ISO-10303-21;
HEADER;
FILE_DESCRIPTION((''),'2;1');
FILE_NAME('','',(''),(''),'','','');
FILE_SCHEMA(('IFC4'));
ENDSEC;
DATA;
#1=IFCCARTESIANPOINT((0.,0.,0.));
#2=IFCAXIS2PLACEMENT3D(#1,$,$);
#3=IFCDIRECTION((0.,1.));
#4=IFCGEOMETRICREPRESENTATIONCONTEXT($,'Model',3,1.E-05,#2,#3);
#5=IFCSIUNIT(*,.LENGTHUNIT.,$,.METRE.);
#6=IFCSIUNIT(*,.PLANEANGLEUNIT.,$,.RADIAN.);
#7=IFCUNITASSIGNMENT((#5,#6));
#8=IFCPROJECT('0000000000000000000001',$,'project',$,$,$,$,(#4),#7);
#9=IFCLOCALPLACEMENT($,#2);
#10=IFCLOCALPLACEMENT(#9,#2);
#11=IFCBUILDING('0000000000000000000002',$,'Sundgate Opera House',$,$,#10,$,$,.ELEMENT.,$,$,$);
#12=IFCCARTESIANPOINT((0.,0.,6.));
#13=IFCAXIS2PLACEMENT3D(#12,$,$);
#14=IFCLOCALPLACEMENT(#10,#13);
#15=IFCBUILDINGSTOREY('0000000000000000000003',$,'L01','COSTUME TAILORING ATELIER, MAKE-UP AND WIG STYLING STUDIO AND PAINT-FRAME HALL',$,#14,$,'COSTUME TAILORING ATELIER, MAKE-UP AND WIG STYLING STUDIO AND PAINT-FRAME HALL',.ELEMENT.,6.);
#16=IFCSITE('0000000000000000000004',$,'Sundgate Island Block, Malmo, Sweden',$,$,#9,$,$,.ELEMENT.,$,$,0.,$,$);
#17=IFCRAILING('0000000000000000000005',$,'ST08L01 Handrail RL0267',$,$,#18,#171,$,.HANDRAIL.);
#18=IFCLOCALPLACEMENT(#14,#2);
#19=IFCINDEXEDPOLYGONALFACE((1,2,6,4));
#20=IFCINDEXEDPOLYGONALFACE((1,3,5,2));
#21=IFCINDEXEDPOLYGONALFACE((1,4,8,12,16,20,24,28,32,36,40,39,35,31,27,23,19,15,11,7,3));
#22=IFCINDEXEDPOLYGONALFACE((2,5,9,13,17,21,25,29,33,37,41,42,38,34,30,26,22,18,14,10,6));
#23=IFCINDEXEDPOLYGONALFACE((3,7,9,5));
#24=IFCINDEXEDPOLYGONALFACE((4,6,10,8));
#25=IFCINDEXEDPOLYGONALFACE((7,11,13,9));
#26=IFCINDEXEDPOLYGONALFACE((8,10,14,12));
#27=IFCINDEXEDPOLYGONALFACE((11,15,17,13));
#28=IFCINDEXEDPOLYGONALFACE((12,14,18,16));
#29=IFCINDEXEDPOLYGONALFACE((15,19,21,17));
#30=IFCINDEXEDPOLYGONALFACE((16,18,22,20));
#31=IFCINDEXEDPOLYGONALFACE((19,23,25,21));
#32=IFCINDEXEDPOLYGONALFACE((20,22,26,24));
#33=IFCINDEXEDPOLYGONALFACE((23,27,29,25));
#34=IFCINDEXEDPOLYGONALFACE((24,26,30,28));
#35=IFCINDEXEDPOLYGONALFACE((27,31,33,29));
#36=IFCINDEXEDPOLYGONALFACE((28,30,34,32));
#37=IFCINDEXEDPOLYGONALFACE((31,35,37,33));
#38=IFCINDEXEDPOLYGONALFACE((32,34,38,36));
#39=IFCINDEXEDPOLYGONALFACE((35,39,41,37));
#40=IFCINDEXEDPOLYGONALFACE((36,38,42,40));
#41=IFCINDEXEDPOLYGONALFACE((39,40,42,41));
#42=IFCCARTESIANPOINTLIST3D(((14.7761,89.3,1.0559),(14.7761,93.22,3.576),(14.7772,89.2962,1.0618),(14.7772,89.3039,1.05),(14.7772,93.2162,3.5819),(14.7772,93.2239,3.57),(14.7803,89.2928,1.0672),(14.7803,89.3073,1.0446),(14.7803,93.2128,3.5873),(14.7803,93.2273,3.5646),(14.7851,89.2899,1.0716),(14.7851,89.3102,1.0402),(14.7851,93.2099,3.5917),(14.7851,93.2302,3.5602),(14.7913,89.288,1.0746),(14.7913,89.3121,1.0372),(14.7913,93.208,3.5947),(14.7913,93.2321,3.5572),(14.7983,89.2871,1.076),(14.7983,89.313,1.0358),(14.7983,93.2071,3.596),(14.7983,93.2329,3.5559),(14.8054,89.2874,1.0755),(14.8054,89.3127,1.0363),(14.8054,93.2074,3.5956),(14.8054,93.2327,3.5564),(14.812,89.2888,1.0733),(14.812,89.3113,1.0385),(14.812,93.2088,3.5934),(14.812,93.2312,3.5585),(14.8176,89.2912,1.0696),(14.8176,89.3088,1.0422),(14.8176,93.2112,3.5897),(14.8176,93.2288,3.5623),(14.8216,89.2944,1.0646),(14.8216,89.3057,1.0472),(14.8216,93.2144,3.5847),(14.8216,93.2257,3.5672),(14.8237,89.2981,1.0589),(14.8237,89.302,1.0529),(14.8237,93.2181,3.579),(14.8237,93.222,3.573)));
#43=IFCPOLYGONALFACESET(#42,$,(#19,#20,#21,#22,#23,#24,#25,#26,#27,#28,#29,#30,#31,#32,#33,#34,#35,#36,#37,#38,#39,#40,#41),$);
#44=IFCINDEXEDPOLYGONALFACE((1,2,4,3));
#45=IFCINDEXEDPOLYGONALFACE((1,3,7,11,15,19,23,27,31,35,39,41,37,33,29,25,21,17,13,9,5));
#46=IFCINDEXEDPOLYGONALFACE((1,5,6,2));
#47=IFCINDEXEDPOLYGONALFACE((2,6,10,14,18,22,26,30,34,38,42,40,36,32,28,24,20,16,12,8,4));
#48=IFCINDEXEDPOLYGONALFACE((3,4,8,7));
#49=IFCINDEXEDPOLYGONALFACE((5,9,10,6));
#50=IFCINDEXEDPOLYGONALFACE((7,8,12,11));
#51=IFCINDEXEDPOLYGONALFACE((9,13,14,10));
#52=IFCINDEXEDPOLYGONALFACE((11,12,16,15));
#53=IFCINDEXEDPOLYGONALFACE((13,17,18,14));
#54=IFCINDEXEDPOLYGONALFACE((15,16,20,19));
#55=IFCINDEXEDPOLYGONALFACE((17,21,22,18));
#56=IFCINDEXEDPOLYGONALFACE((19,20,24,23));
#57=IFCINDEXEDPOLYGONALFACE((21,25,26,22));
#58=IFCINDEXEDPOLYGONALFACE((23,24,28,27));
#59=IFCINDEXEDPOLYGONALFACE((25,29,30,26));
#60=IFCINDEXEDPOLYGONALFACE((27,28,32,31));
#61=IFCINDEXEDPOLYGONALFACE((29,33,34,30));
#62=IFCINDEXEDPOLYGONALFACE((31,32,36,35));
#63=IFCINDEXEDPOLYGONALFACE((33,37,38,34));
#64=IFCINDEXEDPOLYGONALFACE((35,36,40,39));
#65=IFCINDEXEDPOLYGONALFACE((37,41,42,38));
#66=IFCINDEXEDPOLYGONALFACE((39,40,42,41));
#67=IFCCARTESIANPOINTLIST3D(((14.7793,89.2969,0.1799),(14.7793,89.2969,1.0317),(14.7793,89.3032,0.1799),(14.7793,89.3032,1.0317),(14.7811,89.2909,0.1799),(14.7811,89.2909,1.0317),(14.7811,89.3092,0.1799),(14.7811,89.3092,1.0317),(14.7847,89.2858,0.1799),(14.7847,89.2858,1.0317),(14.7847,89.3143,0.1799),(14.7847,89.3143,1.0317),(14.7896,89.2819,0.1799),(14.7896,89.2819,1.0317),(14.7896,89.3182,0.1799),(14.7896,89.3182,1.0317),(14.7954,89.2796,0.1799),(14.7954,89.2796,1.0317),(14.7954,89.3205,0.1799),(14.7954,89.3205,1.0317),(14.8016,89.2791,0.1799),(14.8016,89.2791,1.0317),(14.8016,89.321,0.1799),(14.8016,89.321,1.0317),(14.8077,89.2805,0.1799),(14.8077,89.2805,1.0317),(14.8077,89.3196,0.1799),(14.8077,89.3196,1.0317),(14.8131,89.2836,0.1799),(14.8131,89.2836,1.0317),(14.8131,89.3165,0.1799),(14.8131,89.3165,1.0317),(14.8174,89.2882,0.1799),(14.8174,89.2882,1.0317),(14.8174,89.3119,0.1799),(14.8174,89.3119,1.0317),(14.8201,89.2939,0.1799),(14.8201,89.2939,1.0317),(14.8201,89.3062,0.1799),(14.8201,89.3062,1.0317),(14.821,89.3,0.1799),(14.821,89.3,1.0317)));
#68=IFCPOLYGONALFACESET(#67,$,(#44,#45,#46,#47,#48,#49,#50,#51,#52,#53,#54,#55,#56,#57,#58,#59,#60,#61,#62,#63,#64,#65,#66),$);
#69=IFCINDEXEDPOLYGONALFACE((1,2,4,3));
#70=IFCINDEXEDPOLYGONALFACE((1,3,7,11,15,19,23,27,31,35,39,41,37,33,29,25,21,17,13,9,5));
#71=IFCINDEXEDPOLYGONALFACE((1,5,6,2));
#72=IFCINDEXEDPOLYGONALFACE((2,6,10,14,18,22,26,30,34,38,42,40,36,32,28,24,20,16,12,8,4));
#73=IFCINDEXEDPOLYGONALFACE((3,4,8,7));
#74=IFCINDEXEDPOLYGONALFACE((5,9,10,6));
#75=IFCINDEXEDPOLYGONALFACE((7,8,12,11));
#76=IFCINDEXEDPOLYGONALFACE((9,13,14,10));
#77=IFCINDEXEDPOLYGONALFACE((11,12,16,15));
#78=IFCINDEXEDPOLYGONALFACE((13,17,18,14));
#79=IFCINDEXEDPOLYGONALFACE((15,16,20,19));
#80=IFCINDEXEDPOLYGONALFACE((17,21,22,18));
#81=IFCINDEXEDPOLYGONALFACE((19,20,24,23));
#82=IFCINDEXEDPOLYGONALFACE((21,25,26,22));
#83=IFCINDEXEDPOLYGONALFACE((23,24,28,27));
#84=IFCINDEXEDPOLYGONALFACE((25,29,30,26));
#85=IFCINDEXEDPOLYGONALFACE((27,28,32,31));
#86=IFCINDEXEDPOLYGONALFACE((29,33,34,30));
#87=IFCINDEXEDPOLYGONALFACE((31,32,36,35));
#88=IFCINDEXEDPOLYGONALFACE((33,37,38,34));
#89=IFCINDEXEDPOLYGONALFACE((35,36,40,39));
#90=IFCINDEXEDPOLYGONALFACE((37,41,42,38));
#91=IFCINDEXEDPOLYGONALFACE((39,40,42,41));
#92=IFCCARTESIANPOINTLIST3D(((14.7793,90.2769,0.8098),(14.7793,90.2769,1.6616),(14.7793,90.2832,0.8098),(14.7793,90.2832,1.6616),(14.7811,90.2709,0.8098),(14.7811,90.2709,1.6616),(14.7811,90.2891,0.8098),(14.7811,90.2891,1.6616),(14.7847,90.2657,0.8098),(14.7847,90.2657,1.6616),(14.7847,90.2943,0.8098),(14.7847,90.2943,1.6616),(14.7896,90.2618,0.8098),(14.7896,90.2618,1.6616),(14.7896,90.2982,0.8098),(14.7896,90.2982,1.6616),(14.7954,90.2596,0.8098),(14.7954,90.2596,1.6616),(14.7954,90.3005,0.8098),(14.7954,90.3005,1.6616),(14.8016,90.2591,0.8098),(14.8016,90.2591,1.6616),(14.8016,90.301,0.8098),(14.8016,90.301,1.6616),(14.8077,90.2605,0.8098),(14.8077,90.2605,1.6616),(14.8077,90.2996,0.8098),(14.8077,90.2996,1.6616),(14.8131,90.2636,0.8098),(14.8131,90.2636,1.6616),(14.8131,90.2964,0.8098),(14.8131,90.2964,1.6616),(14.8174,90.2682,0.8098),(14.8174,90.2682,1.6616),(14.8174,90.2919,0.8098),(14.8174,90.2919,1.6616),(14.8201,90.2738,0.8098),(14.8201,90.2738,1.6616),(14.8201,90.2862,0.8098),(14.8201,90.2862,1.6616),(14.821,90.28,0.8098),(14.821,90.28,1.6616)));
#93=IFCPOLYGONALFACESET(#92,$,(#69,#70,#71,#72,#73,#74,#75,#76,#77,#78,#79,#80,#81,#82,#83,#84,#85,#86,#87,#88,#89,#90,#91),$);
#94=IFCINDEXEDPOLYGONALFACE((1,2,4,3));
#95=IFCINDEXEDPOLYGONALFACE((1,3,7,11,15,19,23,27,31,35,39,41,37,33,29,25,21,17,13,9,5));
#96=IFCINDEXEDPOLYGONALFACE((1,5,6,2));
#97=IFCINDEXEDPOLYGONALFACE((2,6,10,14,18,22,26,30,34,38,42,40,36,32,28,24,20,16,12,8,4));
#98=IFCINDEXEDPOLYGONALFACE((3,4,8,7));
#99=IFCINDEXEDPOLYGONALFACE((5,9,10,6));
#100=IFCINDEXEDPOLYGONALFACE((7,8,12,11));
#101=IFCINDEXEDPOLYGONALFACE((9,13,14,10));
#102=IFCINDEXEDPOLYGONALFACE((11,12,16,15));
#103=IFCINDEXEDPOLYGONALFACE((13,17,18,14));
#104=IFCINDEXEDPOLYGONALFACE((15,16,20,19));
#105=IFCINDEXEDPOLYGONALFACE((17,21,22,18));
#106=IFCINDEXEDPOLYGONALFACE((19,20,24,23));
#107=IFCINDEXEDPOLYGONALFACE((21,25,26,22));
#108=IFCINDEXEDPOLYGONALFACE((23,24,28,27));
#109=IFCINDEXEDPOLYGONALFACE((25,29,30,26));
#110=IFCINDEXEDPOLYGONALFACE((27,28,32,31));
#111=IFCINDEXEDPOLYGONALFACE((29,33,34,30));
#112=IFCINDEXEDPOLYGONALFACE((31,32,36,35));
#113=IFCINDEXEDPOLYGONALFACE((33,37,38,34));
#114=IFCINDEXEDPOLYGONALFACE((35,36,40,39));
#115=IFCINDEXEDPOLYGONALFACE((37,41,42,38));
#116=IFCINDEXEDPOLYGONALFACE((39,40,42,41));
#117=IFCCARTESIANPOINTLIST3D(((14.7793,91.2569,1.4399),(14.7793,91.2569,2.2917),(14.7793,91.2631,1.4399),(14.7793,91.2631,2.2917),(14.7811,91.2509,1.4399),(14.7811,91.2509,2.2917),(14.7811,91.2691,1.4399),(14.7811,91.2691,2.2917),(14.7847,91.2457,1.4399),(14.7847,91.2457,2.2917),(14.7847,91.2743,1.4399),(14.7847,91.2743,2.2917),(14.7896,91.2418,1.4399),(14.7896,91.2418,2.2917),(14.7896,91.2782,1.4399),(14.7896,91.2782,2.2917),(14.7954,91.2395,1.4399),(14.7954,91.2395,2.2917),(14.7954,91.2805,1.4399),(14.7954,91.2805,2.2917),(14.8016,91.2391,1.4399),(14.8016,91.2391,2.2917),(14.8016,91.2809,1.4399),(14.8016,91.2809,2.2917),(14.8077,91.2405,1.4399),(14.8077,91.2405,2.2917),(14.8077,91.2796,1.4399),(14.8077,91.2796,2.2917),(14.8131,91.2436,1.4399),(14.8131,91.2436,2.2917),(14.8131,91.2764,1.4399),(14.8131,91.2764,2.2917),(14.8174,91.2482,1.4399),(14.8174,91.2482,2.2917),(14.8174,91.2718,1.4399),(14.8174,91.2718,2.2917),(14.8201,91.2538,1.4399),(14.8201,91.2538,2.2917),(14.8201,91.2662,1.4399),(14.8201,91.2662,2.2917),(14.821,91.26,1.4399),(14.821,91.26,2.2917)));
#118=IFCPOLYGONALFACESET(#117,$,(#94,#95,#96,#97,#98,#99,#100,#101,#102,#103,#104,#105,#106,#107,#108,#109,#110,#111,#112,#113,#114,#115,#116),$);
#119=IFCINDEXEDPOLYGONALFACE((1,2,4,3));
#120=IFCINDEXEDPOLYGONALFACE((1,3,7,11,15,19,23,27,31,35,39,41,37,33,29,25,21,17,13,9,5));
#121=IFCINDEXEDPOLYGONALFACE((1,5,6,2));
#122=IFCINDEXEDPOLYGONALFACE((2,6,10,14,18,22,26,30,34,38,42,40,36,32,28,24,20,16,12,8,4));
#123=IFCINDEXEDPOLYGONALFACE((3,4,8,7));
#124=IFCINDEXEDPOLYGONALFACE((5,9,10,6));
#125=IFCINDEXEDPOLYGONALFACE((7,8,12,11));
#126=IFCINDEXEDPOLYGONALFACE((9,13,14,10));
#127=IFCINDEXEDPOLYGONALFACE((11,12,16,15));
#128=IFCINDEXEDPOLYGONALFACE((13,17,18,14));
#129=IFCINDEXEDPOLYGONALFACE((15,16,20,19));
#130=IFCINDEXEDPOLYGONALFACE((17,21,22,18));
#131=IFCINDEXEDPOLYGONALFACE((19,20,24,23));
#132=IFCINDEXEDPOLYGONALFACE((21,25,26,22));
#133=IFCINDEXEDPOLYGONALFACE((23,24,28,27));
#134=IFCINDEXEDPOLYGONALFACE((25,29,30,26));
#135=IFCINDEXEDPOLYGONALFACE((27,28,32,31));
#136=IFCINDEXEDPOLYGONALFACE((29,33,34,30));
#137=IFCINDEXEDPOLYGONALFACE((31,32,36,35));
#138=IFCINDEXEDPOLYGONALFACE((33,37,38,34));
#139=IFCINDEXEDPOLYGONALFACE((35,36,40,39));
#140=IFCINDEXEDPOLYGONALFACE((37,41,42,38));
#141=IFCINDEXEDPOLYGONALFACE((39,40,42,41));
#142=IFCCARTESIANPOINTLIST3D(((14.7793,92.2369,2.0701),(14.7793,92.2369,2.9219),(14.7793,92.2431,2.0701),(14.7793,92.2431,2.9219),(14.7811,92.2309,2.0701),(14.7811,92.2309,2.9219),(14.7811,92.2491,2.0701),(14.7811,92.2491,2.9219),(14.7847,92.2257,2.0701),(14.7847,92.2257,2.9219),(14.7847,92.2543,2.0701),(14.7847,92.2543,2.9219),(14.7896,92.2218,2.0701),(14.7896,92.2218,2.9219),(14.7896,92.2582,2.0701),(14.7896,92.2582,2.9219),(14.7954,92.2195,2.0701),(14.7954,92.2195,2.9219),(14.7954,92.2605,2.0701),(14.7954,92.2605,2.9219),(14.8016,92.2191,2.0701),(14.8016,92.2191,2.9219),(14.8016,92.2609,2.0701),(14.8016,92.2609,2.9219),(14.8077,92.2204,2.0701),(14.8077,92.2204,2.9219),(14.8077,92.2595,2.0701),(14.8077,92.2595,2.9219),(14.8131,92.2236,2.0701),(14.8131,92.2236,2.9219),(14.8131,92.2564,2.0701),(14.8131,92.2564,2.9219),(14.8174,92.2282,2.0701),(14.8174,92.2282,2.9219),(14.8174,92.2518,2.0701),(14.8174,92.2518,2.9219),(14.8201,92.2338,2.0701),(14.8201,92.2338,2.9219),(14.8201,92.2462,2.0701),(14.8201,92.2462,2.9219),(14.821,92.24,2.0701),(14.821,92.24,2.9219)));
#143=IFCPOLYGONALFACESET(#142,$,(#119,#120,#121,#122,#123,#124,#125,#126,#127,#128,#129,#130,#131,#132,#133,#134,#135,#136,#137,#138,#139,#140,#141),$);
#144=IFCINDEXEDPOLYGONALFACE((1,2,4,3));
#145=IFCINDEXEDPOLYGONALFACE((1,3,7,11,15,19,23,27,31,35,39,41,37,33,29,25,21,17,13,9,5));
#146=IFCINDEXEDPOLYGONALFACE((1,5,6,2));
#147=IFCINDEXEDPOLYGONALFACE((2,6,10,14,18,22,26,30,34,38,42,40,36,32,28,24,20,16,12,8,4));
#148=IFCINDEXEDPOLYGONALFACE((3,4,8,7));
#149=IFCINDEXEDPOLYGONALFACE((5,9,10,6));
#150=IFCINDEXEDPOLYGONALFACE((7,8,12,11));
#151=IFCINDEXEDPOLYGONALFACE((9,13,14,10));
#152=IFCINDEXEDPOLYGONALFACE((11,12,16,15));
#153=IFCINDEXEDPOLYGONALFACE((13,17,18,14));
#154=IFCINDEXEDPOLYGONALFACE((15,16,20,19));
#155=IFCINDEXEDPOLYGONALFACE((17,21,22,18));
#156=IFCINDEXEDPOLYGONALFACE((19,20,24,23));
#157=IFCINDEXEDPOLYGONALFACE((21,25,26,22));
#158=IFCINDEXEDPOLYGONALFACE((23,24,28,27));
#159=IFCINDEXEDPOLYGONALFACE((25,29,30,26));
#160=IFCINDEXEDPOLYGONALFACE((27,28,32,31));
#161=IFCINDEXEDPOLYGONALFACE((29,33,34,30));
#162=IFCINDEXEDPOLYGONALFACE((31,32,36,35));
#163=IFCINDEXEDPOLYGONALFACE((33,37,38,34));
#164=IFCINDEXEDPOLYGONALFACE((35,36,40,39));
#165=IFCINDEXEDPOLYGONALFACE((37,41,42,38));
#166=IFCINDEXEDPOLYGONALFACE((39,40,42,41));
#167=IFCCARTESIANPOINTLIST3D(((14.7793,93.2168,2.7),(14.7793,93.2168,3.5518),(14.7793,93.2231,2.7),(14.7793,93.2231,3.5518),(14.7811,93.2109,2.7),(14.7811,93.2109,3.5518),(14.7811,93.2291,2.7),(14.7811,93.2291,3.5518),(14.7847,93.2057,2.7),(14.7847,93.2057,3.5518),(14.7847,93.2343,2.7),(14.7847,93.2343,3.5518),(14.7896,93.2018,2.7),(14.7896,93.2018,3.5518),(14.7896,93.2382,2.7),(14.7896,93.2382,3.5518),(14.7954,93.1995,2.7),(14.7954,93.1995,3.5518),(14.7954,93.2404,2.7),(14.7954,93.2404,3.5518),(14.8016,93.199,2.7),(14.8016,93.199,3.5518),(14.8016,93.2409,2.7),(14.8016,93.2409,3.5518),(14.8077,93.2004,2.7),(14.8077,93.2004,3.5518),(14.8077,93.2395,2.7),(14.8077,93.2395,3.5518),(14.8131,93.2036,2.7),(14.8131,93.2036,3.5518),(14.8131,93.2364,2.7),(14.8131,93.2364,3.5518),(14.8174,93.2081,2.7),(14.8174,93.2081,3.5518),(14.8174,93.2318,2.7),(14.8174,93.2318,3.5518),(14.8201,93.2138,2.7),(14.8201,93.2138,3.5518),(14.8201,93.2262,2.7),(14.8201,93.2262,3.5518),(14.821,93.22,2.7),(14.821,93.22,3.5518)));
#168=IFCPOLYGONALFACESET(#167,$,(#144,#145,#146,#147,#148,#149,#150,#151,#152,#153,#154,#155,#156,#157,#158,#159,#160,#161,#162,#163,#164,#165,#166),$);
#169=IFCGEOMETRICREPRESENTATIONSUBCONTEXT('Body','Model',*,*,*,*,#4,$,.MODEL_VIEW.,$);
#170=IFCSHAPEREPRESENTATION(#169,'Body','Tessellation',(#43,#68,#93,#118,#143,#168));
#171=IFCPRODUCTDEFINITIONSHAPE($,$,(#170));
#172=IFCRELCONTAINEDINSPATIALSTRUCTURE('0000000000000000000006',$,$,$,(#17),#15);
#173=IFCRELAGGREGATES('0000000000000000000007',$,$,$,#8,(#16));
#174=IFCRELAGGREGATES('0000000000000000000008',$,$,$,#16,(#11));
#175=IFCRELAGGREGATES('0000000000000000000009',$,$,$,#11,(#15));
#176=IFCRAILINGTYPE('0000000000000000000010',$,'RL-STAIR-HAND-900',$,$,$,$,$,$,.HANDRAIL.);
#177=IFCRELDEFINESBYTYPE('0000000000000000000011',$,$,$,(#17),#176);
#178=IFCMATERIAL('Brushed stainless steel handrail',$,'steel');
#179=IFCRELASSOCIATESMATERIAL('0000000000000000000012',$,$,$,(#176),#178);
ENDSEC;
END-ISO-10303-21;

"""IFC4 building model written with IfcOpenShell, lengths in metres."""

from ifc_helpers import new_model, si_unit, direction, frame, origin, origin_2d, place, context, subcontext, project, spatial, circle, extrude, material, type_object, element, save


model = new_model("IFC4")

# Units and contexts
model_context = context("Model", 3, precision=1e-05, world=origin(), true_north=direction((0.0, 1.0)))
body_context = subcontext(model_context, "Body", "Model", "MODEL_VIEW")
ifc_project = project(units=[si_unit("LENGTHUNIT", "METRE"), si_unit("PLANEANGLEUNIT", "RADIAN")], contexts=[model_context])

# Site, building, storey
site_placement = place(None, origin())
site = spatial("IfcSite", under=ifc_project, at=site_placement, Name="Sundgate Island Block, Malmo, Sweden", CompositionType="ELEMENT", RefElevation=0.0)
building_placement = place(site_placement, origin())
building = spatial("IfcBuilding", under=site, at=building_placement, Name="Sundgate Opera House", CompositionType="ELEMENT")
storey_placement = place(building_placement, frame((0.0, 0.0, 6.0)))
storey = spatial("IfcBuildingStorey", under=building, at=storey_placement, Name="L01", Description="COSTUME TAILORING ATELIER, MAKE-UP AND WIG STYLING STUDIO AND PAINT-FRAME HALL", LongName="COSTUME TAILORING ATELIER, MAKE-UP AND WIG STYLING STUDIO AND PAINT-FRAME HALL", CompositionType="ELEMENT", Elevation=6.0)

# Railing
ifc_material_1 = material(Name="Brushed stainless steel handrail", Category="steel")
railing_type_1 = type_object("IfcRailingType", Name="RL-STAIR-HAND-900", PredefinedType="HANDRAIL", material=ifc_material_1)
railing_1_placement = place(storey_placement, frame((14.8, 89.3, 0.1799)))
element("IfcRailing", 1, at=railing_1_placement, inside=storey, type_object=railing_type_1, Name="ST08L01 Handrail RL0267", PredefinedType="HANDRAIL", context=body_context, shape_type="SweptSolid", body=[
    extrude(circle(Radius=0.0239, at=origin_2d()), frame((0.0, 0.0, 0.876), z_axis=(0.0, 0.841172, 0.540768), x_axis=(-1.0, 0.0, 0.0)), (0.0, 0.0, 1.0), 4.6602),
    extrude(circle(Radius=0.021, at=origin_2d()), origin(), (0.0, 0.0, 1.0), 0.8518),
    extrude(circle(Radius=0.021, at=origin_2d()), frame((0.0, 0.98, 0.6299)), (0.0, 0.0, 1.0), 0.8518),
    extrude(circle(Radius=0.021, at=origin_2d()), frame((0.0, 1.96, 1.26)), (0.0, 0.0, 1.0), 0.8518),
    extrude(circle(Radius=0.021, at=origin_2d()), frame((0.0, 2.9399, 1.8901)), (0.0, 0.0, 1.0), 0.8518),
    extrude(circle(Radius=0.021, at=origin_2d()), frame((0.0, 3.9199, 2.52)), (0.0, 0.0, 1.0), 0.8518),
])

save(model, "model.ifc")
